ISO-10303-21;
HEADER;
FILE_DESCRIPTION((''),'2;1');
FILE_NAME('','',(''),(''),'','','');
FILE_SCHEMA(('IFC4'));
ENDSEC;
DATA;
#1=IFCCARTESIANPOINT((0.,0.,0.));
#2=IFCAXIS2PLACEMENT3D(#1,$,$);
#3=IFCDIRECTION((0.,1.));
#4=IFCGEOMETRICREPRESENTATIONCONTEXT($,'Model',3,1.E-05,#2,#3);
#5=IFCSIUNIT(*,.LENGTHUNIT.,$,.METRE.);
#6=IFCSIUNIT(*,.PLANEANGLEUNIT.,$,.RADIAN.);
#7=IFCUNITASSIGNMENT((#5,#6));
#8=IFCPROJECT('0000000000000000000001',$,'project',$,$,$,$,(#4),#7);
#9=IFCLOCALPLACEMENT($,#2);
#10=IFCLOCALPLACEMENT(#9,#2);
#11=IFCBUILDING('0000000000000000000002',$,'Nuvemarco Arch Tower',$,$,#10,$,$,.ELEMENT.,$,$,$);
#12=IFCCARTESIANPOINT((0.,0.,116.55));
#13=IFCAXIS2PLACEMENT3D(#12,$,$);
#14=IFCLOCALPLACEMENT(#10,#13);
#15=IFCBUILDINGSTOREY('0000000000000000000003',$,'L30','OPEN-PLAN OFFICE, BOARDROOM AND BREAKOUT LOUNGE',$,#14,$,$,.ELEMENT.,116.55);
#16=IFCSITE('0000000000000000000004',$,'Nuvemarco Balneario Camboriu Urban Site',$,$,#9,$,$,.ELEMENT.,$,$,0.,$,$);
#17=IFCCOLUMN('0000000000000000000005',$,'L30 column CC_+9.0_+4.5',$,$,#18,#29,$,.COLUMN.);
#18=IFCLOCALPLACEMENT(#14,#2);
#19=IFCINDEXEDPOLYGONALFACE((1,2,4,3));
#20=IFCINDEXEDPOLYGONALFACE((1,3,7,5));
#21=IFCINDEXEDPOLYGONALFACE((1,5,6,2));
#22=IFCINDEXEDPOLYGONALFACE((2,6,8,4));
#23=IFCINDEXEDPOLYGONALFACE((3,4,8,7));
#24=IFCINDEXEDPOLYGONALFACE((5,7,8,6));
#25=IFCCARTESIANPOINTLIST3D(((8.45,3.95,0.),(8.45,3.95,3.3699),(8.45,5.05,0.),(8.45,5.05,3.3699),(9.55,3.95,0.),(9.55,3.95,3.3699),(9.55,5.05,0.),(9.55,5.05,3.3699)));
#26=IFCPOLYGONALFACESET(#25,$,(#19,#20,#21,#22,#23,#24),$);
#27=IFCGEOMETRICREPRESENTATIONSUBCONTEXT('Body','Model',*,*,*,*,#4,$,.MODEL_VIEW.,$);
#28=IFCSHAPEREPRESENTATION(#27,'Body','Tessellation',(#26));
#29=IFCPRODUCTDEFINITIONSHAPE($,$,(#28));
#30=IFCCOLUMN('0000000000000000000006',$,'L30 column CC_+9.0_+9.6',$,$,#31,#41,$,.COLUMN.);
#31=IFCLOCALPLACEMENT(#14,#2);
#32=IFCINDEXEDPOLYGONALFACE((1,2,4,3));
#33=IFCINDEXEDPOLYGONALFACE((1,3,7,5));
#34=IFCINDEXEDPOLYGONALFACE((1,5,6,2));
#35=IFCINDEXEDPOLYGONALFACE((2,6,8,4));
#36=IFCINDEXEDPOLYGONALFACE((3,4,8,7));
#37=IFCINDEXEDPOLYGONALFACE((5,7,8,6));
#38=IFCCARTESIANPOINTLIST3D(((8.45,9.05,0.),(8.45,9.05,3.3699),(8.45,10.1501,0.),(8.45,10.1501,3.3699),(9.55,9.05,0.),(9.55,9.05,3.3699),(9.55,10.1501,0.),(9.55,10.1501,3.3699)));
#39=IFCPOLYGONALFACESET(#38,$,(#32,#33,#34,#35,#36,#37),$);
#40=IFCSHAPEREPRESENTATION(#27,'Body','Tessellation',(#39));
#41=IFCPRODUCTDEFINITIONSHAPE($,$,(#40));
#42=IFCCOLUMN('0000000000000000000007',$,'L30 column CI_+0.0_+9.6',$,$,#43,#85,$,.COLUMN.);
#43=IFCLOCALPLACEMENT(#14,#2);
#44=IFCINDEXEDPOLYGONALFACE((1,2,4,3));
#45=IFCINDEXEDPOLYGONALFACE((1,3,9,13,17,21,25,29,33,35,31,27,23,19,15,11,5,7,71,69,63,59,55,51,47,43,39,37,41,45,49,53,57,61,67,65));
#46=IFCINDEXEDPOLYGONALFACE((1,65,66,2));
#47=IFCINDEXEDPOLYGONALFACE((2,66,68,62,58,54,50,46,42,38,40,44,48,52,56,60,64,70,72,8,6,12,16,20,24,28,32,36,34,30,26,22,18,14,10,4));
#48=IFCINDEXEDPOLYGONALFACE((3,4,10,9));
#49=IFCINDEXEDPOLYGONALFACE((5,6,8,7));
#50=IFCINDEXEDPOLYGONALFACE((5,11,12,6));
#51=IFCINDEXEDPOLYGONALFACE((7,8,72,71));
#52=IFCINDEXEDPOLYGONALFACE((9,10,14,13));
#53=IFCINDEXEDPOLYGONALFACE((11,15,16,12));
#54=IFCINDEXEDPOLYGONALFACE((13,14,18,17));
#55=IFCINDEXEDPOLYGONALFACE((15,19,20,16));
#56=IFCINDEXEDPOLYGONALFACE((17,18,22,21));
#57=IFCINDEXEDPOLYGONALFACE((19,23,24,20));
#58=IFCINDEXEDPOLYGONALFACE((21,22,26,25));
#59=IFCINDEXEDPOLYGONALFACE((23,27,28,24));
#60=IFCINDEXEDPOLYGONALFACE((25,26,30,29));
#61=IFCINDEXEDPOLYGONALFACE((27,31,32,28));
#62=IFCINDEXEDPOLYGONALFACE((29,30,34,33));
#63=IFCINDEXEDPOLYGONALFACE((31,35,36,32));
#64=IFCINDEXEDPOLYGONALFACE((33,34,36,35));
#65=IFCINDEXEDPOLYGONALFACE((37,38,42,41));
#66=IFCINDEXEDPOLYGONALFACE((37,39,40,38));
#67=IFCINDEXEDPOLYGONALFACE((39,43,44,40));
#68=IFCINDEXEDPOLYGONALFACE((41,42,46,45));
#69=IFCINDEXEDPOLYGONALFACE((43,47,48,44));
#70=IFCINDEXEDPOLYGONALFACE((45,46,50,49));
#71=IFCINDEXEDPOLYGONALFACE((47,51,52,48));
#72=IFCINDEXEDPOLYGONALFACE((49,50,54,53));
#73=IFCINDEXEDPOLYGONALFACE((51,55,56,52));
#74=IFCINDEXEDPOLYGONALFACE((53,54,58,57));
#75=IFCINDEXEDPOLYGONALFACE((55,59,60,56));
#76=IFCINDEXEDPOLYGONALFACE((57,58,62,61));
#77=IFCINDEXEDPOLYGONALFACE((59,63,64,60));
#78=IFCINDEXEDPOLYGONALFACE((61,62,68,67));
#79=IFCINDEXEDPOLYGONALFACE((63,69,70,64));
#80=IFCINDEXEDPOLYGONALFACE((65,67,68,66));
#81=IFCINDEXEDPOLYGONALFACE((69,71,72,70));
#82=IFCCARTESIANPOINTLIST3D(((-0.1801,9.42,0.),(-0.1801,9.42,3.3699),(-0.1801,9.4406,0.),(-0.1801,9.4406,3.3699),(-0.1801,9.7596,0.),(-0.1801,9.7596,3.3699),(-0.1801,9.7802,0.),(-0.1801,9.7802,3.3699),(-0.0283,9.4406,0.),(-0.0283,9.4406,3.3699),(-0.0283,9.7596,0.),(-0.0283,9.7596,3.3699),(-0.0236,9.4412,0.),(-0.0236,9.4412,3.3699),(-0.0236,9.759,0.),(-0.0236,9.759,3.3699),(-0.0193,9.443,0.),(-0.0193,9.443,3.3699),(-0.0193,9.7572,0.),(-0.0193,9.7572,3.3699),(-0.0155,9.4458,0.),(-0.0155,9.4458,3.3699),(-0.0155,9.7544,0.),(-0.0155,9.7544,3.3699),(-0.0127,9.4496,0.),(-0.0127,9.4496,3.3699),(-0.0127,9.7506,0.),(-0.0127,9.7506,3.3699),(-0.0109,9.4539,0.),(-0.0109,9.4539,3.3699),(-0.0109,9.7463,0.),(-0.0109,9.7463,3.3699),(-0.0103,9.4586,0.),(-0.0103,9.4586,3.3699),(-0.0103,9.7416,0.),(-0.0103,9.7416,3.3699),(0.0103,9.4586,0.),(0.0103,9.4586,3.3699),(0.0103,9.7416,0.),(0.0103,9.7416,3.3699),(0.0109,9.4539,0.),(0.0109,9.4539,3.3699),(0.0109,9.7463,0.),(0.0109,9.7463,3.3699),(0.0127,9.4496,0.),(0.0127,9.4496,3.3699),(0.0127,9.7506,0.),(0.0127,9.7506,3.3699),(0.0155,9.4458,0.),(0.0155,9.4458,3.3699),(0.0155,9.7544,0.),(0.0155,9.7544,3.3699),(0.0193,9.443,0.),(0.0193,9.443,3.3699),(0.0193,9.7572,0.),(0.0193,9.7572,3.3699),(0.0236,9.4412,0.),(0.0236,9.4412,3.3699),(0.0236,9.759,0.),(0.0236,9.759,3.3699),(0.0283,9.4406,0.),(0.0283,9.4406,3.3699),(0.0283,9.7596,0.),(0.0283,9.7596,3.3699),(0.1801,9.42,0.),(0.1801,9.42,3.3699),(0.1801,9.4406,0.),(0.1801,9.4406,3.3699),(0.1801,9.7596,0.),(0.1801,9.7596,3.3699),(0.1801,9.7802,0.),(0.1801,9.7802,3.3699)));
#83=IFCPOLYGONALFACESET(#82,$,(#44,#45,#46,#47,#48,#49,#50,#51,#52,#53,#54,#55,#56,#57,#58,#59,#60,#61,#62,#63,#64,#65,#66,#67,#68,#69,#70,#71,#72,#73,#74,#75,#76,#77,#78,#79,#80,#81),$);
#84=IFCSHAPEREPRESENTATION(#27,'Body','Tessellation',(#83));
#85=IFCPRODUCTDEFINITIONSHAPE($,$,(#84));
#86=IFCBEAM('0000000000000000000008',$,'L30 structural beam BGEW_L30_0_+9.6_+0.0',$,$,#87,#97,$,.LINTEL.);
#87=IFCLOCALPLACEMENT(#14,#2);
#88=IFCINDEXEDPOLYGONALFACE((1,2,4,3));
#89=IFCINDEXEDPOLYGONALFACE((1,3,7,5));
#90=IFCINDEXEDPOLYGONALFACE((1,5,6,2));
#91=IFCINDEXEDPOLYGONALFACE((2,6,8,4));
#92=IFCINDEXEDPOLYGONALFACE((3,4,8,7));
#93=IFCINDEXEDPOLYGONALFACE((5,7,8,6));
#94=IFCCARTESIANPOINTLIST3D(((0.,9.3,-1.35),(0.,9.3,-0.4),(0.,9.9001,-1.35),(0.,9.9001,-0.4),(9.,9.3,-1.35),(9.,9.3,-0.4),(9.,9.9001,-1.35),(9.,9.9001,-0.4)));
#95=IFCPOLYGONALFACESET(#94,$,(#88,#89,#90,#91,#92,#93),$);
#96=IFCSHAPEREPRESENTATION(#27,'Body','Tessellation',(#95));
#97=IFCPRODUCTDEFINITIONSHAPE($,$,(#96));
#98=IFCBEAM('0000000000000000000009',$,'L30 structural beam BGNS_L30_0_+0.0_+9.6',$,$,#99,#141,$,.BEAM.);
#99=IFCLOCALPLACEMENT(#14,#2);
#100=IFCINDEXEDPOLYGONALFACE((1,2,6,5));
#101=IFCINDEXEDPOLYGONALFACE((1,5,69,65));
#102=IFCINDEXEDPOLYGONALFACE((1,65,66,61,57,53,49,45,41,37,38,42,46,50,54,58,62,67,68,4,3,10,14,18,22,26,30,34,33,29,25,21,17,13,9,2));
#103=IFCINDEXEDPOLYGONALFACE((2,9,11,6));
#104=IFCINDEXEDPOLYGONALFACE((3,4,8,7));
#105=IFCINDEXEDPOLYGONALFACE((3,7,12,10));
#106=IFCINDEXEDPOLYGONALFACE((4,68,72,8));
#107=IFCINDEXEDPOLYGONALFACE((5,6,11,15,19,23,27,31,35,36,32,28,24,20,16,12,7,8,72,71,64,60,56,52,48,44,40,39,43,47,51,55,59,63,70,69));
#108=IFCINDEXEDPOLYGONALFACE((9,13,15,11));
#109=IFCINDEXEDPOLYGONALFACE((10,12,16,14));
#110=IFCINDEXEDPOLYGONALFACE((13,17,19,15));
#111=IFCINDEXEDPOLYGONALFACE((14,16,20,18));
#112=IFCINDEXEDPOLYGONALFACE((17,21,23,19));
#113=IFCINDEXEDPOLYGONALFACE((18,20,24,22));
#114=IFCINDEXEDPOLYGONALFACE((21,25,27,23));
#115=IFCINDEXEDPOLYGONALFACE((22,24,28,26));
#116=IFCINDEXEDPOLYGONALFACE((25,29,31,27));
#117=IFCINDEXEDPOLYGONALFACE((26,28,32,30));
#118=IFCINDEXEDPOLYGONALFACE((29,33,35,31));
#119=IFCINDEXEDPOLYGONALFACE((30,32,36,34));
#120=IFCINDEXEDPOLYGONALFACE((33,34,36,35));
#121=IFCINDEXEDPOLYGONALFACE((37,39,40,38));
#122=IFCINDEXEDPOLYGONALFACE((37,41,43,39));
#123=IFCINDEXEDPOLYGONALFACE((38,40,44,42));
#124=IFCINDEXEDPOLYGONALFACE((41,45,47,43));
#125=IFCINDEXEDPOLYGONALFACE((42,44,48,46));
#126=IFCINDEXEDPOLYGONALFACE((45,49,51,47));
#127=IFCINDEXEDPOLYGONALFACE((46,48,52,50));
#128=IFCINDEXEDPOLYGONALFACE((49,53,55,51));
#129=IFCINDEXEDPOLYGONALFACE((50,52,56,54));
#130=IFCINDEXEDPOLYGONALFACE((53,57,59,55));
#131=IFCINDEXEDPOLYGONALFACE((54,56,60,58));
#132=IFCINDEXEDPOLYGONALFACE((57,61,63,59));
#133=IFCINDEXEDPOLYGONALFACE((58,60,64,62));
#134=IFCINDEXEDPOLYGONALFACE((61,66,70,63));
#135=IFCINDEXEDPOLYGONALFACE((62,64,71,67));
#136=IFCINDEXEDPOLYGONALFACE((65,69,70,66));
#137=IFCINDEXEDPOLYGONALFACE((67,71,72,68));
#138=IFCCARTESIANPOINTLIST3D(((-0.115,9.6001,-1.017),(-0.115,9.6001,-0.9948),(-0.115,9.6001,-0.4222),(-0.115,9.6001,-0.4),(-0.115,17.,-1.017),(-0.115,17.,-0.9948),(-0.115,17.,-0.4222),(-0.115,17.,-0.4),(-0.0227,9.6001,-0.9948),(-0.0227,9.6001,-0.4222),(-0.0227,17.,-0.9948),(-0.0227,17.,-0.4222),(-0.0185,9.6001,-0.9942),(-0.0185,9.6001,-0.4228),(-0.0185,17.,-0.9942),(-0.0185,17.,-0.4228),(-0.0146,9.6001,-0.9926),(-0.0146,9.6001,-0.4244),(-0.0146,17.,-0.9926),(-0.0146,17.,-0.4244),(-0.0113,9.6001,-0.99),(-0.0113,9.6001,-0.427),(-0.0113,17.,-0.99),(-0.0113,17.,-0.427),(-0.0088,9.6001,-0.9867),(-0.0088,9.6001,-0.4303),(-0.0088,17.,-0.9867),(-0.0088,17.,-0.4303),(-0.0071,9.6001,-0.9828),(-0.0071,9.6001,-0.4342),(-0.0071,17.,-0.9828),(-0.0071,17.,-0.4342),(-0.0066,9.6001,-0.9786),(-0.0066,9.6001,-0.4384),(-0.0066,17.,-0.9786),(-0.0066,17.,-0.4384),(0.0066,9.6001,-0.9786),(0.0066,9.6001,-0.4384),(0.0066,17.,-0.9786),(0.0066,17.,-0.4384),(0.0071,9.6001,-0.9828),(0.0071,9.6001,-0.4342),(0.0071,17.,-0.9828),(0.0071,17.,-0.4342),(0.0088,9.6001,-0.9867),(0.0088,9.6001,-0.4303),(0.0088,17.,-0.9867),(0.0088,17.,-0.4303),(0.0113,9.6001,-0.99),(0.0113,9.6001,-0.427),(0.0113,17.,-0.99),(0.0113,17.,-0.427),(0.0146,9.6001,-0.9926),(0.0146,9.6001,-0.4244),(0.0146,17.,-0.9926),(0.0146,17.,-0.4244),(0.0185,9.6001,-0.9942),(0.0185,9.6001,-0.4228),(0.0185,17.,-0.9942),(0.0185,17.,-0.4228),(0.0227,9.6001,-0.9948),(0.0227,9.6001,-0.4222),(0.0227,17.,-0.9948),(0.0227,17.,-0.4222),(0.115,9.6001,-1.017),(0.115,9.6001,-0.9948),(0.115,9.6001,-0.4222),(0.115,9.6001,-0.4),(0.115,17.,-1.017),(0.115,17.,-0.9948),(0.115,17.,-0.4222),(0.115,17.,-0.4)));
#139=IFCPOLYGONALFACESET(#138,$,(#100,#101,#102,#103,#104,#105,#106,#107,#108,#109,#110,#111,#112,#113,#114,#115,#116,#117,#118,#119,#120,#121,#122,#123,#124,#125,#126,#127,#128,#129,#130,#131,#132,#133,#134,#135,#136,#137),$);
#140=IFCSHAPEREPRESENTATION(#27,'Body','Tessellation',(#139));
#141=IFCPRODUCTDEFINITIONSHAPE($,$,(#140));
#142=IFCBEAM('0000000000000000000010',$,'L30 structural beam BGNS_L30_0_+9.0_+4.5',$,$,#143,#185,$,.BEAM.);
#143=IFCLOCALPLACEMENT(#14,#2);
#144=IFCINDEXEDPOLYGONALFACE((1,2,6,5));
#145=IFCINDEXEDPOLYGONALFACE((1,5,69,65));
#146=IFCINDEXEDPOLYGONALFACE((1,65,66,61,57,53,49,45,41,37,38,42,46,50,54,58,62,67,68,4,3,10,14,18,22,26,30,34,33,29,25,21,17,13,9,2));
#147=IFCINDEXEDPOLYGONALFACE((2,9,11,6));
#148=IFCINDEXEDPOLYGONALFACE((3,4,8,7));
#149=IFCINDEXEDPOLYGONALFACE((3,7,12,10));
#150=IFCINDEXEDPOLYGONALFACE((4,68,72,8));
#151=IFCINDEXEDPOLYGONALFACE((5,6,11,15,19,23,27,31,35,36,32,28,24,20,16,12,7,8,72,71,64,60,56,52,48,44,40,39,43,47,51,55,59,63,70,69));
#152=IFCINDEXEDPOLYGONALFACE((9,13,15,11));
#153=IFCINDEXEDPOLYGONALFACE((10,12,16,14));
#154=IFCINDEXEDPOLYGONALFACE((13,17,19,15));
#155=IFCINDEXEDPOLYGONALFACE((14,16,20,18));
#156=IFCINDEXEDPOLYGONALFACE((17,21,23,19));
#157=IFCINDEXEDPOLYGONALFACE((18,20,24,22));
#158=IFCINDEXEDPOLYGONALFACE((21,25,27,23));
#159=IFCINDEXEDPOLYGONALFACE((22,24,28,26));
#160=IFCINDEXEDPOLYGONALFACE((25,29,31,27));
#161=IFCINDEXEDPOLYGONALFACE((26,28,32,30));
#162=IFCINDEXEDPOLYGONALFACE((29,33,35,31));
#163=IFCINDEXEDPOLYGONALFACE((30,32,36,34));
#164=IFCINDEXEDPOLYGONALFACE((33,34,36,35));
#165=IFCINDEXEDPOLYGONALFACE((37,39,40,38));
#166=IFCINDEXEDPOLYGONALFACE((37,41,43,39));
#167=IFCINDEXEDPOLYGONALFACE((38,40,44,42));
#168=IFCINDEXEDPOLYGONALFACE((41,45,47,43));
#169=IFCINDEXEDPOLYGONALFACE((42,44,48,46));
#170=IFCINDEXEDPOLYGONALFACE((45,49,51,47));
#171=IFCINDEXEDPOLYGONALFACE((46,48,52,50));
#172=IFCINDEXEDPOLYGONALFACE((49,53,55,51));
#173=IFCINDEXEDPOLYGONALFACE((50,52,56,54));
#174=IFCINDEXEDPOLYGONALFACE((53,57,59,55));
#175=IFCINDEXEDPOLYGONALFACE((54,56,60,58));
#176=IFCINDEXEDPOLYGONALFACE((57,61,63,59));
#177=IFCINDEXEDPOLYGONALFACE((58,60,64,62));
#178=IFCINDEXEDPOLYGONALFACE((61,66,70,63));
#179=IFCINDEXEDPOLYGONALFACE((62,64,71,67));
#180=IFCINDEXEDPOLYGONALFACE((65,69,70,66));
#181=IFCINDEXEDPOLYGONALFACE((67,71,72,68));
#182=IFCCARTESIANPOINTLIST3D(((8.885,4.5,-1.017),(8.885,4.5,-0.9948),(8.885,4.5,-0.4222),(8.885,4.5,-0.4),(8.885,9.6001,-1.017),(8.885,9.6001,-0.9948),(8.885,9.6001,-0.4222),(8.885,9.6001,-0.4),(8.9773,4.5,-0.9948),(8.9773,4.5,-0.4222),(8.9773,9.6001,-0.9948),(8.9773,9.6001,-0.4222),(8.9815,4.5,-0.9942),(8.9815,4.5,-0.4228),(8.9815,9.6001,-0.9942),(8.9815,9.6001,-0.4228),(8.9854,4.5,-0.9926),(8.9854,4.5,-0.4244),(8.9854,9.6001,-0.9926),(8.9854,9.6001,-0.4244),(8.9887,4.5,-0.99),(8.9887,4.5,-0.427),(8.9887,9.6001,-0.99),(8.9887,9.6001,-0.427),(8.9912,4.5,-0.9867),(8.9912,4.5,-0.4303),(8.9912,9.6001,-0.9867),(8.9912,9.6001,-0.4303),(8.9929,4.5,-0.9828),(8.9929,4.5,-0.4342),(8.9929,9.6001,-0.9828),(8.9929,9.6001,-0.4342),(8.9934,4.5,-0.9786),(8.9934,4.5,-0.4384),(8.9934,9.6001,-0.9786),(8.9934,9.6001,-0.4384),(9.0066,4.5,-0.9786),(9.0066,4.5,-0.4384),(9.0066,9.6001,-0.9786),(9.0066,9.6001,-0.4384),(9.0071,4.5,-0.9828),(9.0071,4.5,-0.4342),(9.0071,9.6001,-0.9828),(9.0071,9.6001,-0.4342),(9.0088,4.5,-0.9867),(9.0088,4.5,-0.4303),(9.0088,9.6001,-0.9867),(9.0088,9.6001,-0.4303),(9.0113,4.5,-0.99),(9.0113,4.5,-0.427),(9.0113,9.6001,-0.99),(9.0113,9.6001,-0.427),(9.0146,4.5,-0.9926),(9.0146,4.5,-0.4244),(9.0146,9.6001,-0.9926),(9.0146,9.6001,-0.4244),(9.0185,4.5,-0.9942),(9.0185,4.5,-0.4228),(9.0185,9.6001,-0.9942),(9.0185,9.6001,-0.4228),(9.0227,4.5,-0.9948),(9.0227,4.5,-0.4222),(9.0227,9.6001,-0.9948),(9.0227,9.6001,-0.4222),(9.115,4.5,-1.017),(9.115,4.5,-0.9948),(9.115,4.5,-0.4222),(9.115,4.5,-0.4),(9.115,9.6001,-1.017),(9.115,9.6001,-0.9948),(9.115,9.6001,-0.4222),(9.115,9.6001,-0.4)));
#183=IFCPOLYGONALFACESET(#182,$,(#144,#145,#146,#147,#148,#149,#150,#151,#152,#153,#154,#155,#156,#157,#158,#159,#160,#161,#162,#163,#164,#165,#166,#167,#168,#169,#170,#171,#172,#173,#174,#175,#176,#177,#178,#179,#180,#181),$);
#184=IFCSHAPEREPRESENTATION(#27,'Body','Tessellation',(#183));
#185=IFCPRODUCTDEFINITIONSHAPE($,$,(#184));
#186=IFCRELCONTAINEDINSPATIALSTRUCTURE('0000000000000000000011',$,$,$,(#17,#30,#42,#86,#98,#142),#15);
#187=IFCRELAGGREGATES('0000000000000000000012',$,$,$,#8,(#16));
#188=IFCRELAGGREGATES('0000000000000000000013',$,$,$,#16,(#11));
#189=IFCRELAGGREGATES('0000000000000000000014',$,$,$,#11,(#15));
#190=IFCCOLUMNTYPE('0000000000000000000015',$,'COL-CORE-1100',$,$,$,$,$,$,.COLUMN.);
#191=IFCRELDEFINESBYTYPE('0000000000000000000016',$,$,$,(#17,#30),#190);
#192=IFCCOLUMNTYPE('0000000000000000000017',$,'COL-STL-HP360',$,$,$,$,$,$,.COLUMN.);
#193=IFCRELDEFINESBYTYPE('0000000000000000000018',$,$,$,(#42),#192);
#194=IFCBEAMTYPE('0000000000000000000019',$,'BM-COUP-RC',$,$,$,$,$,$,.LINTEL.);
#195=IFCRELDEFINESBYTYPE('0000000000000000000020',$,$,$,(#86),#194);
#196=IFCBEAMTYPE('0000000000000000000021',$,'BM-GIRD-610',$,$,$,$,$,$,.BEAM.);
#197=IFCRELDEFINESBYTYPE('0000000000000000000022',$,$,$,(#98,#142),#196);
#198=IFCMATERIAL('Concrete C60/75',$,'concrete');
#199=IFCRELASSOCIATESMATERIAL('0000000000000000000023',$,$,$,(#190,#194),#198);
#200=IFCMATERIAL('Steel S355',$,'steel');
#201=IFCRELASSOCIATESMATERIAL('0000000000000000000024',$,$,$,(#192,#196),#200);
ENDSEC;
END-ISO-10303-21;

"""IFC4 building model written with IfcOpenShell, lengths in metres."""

from ifc_helpers import new_model, si_unit, direction, frame, origin, origin_2d, place, context, subcontext, project, spatial, rectangle, i_section, extrude, material, material_profile, profile_set, type_object, element, save


model = new_model("IFC4")

# Units and contexts
model_context = context("Model", 3, precision=1e-05, world=origin(), true_north=direction((0.0, 1.0)))
body_context = subcontext(model_context, "Body", "Model", "MODEL_VIEW")
ifc_project = project(units=[si_unit("LENGTHUNIT", "METRE"), si_unit("PLANEANGLEUNIT", "RADIAN")], contexts=[model_context])

# Site, building, storey
site_placement = place(None, origin())
site = spatial("IfcSite", under=ifc_project, at=site_placement, Name="Nuvemarco Balneario Camboriu Urban Site", CompositionType="ELEMENT", RefElevation=0.0)
building_placement = place(site_placement, origin())
building = spatial("IfcBuilding", under=site, at=building_placement, Name="Nuvemarco Arch Tower", CompositionType="ELEMENT")
storey_placement = place(building_placement, frame((0.0, 0.0, 116.55)))
storey = spatial("IfcBuildingStorey", under=building, at=storey_placement, Name="L30", Description="OPEN-PLAN OFFICE, BOARDROOM AND BREAKOUT LOUNGE", CompositionType="ELEMENT", Elevation=116.55)

# Columns
ifc_material_1 = material(Name="Concrete C60/75", Category="concrete")
ifc_material_profile_1 = material_profile(ifc_material_1, rectangle(XDim=1.1001, YDim=1.1001, at=origin_2d()), Name="RC-COL-1100x1100")
ifc_profile_set_1 = profile_set([ifc_material_profile_1], Name="Concrete C60/75")
column_type_1 = type_object("IfcColumnType", Name="COL-CORE-1100", PredefinedType="COLUMN", material=ifc_profile_set_1)
for number, where, z_axis, x_axis, name in (
    (1, (9.0, 4.5, 0.0), (0.0, 0.0, 1.0), (1.0, 0.0, 0.0), "L30 column CC_+9.0_+4.5"),
    (2, (9.0, 9.6001, 0.0), (0.0, 0.0, 1.0), (1.0, 0.0, 0.0), "L30 column CC_+9.0_+9.6"),
):
    element("IfcColumn", number, at=place(storey_placement, frame(where, z_axis=z_axis, x_axis=x_axis)), inside=storey, type_object=column_type_1, Name=name, PredefinedType="COLUMN", context=body_context, shape_type="SweptSolid", body=[
        extrude(rectangle(XDim=1.1001, YDim=1.1001, at=origin_2d()), origin(), (0.0, 0.0, 1.0), 3.3699),
    ])
ifc_material_2 = material(Name="Steel S355", Category="steel")
ifc_material_profile_2 = material_profile(ifc_material_2, i_section(OverallWidth=0.3601, OverallDepth=0.3601, WebThickness=0.0205, FlangeThickness=0.0205, FilletRadius=0.0181, at=origin_2d()), Name="HP360x174")
ifc_profile_set_2 = profile_set([ifc_material_profile_2], Name="Steel S355")
column_type_2 = type_object("IfcColumnType", Name="COL-STL-HP360", PredefinedType="COLUMN", material=ifc_profile_set_2)
column_placement = place(storey_placement, frame((0.0, 9.6001, 0.0), z_axis=(0.0, 0.0, 1.0), x_axis=(1.0, 0.0, 0.0)))
element("IfcColumn", 3, at=column_placement, inside=storey, type_object=column_type_2, Name="L30 column CI_+0.0_+9.6", PredefinedType="COLUMN", context=body_context, shape_type="SweptSolid", body=[
    extrude(i_section(OverallWidth=0.3601, OverallDepth=0.3601, WebThickness=0.0205, FlangeThickness=0.0205, FilletRadius=0.0181, at=origin_2d()), origin(), (0.0, 0.0, 1.0), 3.3699),
])

# Beams
ifc_material_profile_3 = material_profile(ifc_material_1, rectangle(XDim=0.6001, YDim=0.95, at=origin_2d()), Name="RC-BM-600x950")
ifc_profile_set_3 = profile_set([ifc_material_profile_3], Name="Concrete C60/75")
beam_type_1 = type_object("IfcBeamType", Name="BM-COUP-RC", PredefinedType="LINTEL", material=ifc_profile_set_3)
beam_1_placement = place(storey_placement, frame((0.0, 9.6001, -0.875), z_axis=(1.0, 0.0, 0.0), x_axis=(0.0, 1.0, 0.0)))
element("IfcBeam", 4, at=beam_1_placement, inside=storey, type_object=beam_type_1, Name="L30 structural beam BGEW_L30_0_+9.6_+0.0", PredefinedType="LINTEL", context=body_context, shape_type="SweptSolid", body=[
    extrude(rectangle(XDim=0.6001, YDim=0.95, at=origin_2d()), origin(), (0.0, 0.0, 1.0), 9.0),
])
ifc_material_profile_4 = material_profile(ifc_material_2, i_section(OverallWidth=0.23, OverallDepth=0.6169, WebThickness=0.0132, FlangeThickness=0.0222, FilletRadius=0.0161, at=origin_2d()), Name="W610x140")
ifc_profile_set_4 = profile_set([ifc_material_profile_4], Name="Steel S355")
beam_type_2 = type_object("IfcBeamType", Name="BM-GIRD-610", PredefinedType="BEAM", material=ifc_profile_set_4)
beam_2_placement = place(storey_placement, frame((0.0, 9.6001, -0.7085), z_axis=(0.0, 1.0, 0.0), x_axis=(-1.0, 0.0, 0.0)))
element("IfcBeam", 5, at=beam_2_placement, inside=storey, type_object=beam_type_2, Name="L30 structural beam BGNS_L30_0_+0.0_+9.6", PredefinedType="BEAM", context=body_context, shape_type="SweptSolid", body=[
    extrude(i_section(OverallWidth=0.23, OverallDepth=0.6169, WebThickness=0.0132, FlangeThickness=0.0222, FilletRadius=0.0161, at=origin_2d()), origin(), (0.0, 0.0, 1.0), 7.3999),
])
beam_3_placement = place(storey_placement, frame((9.0, 4.5, -0.7085), z_axis=(0.0, 1.0, 0.0), x_axis=(-1.0, 0.0, 0.0)))
element("IfcBeam", 6, at=beam_3_placement, inside=storey, type_object=beam_type_2, Name="L30 structural beam BGNS_L30_0_+9.0_+4.5", PredefinedType="BEAM", context=body_context, shape_type="SweptSolid", body=[
    extrude(i_section(OverallWidth=0.23, OverallDepth=0.6169, WebThickness=0.0132, FlangeThickness=0.0222, FilletRadius=0.0161, at=origin_2d()), origin(), (0.0, 0.0, 1.0), 5.1001),
])

save(model, "model.ifc")
